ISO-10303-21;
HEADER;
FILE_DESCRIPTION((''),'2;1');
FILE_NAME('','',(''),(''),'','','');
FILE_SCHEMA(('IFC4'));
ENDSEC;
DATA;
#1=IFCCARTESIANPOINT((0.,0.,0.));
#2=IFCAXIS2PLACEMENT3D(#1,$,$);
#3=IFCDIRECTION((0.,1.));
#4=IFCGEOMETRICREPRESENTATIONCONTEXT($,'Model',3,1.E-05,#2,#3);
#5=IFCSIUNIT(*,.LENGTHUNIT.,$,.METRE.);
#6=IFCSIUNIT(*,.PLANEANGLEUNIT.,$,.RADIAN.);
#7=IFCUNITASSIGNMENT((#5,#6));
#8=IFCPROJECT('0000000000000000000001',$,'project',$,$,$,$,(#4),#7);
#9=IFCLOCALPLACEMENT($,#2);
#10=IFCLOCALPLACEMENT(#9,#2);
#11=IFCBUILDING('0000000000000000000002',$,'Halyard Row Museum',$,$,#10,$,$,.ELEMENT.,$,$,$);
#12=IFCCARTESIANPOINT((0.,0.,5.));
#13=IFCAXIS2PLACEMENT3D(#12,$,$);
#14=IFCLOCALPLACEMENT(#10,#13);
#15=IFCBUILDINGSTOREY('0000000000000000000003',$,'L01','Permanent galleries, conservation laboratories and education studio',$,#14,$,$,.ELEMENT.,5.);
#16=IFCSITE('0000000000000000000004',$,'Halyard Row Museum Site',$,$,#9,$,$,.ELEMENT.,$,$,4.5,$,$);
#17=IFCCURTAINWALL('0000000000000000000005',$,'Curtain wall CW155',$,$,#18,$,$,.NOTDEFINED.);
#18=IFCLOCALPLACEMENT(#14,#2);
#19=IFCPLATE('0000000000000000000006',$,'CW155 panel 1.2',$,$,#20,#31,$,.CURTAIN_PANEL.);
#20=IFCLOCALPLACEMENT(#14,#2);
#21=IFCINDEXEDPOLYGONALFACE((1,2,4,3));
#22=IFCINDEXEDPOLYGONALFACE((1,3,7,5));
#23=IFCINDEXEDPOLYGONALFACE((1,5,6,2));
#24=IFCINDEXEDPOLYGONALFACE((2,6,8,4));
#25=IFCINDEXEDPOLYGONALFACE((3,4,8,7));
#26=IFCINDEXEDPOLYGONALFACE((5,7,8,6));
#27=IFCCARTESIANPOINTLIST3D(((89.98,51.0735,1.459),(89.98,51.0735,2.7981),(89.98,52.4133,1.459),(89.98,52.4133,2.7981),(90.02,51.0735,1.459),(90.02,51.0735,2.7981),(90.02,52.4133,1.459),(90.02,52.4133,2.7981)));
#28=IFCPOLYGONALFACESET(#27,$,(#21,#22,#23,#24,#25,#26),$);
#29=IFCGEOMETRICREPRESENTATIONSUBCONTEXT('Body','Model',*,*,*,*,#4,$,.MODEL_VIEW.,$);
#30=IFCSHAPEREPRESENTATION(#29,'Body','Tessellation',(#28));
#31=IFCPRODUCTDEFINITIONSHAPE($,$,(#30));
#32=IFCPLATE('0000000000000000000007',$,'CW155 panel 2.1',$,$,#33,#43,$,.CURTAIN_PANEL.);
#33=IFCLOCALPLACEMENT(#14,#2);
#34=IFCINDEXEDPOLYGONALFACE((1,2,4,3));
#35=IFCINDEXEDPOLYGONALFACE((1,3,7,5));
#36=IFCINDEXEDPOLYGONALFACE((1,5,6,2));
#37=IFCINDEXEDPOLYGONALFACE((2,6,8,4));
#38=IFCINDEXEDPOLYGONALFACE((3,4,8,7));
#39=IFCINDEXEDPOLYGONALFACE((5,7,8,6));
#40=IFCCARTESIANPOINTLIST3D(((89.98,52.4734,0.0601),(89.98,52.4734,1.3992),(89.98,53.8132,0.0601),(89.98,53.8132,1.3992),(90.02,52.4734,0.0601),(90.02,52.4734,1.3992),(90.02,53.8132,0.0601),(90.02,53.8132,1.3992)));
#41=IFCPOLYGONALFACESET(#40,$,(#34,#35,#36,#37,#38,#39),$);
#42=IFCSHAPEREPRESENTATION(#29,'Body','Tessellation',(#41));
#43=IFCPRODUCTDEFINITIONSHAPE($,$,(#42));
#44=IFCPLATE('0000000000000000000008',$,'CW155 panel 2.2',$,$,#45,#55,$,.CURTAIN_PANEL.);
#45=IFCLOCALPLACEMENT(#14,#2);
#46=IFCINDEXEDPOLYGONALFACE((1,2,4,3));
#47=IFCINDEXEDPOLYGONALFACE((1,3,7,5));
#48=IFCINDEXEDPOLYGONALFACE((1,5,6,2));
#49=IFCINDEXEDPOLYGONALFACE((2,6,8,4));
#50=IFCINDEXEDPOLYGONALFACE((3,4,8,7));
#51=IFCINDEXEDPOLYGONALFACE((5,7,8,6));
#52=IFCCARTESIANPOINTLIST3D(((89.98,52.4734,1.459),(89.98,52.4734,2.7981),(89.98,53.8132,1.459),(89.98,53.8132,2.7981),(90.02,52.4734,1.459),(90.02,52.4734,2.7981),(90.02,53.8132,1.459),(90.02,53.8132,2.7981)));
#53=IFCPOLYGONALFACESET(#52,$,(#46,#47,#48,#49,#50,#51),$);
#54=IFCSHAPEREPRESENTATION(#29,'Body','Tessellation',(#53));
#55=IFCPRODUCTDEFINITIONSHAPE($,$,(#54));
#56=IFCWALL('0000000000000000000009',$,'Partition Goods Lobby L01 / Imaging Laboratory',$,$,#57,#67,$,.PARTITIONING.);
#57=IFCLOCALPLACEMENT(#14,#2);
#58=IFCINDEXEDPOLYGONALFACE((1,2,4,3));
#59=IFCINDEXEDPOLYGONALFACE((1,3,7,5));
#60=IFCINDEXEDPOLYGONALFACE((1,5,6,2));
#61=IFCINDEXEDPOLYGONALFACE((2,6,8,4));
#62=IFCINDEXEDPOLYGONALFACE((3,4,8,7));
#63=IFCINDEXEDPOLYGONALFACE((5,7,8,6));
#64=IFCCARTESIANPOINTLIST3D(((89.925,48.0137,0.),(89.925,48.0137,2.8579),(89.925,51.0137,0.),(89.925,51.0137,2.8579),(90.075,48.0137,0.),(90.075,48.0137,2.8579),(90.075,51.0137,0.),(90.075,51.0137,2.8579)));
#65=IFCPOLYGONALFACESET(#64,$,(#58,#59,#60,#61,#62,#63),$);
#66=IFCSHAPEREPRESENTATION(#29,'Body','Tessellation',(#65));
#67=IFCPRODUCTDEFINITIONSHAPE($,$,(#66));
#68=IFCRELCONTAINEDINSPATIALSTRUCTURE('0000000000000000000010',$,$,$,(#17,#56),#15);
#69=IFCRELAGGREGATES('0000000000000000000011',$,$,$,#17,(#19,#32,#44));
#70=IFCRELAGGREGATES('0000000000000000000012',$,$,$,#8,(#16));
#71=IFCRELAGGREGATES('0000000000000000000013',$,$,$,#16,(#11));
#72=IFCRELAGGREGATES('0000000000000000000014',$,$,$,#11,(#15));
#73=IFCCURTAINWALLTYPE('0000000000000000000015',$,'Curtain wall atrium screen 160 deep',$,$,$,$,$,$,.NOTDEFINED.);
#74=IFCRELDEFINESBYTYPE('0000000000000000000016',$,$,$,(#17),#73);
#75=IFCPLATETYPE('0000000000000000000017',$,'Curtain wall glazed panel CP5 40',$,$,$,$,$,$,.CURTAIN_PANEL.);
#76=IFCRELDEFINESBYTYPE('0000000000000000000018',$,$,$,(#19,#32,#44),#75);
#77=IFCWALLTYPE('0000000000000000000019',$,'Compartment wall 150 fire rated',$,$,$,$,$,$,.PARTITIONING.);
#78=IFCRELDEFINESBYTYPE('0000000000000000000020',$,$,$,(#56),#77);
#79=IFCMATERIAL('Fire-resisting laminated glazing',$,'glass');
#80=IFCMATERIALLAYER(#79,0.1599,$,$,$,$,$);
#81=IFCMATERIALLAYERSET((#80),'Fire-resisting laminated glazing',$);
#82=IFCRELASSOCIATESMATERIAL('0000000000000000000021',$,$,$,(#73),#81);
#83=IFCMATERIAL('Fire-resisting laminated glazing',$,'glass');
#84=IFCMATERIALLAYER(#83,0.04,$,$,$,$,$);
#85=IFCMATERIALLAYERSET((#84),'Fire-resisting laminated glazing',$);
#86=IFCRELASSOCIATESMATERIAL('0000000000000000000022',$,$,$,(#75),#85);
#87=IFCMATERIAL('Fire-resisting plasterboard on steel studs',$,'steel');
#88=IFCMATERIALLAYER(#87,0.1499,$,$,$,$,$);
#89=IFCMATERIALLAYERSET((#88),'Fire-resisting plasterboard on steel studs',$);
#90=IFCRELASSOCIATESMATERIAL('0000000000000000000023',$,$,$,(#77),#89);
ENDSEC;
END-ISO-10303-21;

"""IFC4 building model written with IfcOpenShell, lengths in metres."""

from ifc_helpers import new_model, si_unit, direction, frame, frame_2d, origin, origin_2d, place, context, subcontext, project, spatial, rectangle, extrude, material, layer, layer_set, type_object, element, aggregate, save


model = new_model("IFC4")

# Units and contexts
model_context = context("Model", 3, precision=1e-05, world=origin(), true_north=direction((0.0, 1.0)))
body_context = subcontext(model_context, "Body", "Model", "MODEL_VIEW")
ifc_project = project(units=[si_unit("LENGTHUNIT", "METRE"), si_unit("PLANEANGLEUNIT", "RADIAN")], contexts=[model_context])

# Site, building, storey
site_placement = place(None, origin())
site = spatial("IfcSite", under=ifc_project, at=site_placement, Name="Halyard Row Museum Site", CompositionType="ELEMENT", RefElevation=4.5)
building_placement = place(site_placement, origin())
building = spatial("IfcBuilding", under=site, at=building_placement, Name="Halyard Row Museum", CompositionType="ELEMENT")
storey_placement = place(building_placement, frame((0.0, 0.0, 5.0)))
storey = spatial("IfcBuildingStorey", under=building, at=storey_placement, Name="L01", Description="Permanent galleries, conservation laboratories and education studio", CompositionType="ELEMENT", Elevation=5.0)

# Shared definitions
ifc_material_1 = material(Name="Fire-resisting laminated glazing", Category="glass")
ifc_layer_1 = layer(ifc_material_1, 0.1599)
ifc_layer_set_1 = layer_set([ifc_layer_1], Name="Fire-resisting laminated glazing")
curtain_wall_type = type_object("IfcCurtainWallType", Name="Curtain wall atrium screen 160 deep", PredefinedType="NOTDEFINED", material=ifc_layer_set_1)

# Curtain wall
curtain_wall_1_placement = place(storey_placement, origin())
curtain_wall_1 = element("IfcCurtainWall", 1, at=curtain_wall_1_placement, inside=storey, type_object=curtain_wall_type, Name="Curtain wall CW155", PredefinedType="NOTDEFINED")

# Plates
ifc_material_2 = material(Name="Fire-resisting laminated glazing", Category="glass")
ifc_layer_2 = layer(ifc_material_2, 0.04)
ifc_layer_set_2 = layer_set([ifc_layer_2], Name="Fire-resisting laminated glazing")
plate_type = type_object("IfcPlateType", Name="Curtain wall glazed panel CP5 40", PredefinedType="CURTAIN_PANEL", material=ifc_layer_set_2)
plate_1_placement = place(storey_placement, frame((90.0, 51.7434, 1.459), z_axis=(0.0, 0.0, 1.0), x_axis=(0.0, 1.0, 0.0)))
plate_1 = element("IfcPlate", 2, at=plate_1_placement, type_object=plate_type, Name="CW155 panel 1.2", PredefinedType="CURTAIN_PANEL", context=body_context, shape_type="SweptSolid", body=[
    extrude(rectangle(XDim=1.3398, YDim=0.04, at=origin_2d()), origin(), (0.0, 0.0, 1.0), 1.3391),
])
plate_2_placement = place(storey_placement, frame((90.0, 53.1433, 0.0601), z_axis=(0.0, 0.0, 1.0), x_axis=(0.0, 1.0, 0.0)))
plate_2 = element("IfcPlate", 3, at=plate_2_placement, type_object=plate_type, Name="CW155 panel 2.1", PredefinedType="CURTAIN_PANEL", context=body_context, shape_type="SweptSolid", body=[
    extrude(rectangle(XDim=1.3398, YDim=0.04, at=origin_2d()), origin(), (0.0, 0.0, 1.0), 1.3391),
])
plate_3_placement = place(storey_placement, frame((90.0, 53.1433, 1.459), z_axis=(0.0, 0.0, 1.0), x_axis=(0.0, 1.0, 0.0)))
plate_3 = element("IfcPlate", 4, at=plate_3_placement, type_object=plate_type, Name="CW155 panel 2.2", PredefinedType="CURTAIN_PANEL", context=body_context, shape_type="SweptSolid", body=[
    extrude(rectangle(XDim=1.3398, YDim=0.04, at=origin_2d()), origin(), (0.0, 0.0, 1.0), 1.3391),
])
aggregate(curtain_wall_1, [plate_1, plate_2, plate_3])

# Wall
ifc_material_3 = material(Name="Fire-resisting plasterboard on steel studs", Category="steel")
ifc_layer_3 = layer(ifc_material_3, 0.1499)
ifc_layer_set_3 = layer_set([ifc_layer_3], Name="Fire-resisting plasterboard on steel studs")
wall_type = type_object("IfcWallType", Name="Compartment wall 150 fire rated", PredefinedType="PARTITIONING", material=ifc_layer_set_3)
wall_placement = place(storey_placement, frame((90.0, 48.0137, 0.0), z_axis=(0.0, 0.0, 1.0), x_axis=(0.0, 1.0, 0.0)))
element("IfcWall", 5, at=wall_placement, inside=storey, type_object=wall_type, Name="Partition Goods Lobby L01 / Imaging Laboratory", PredefinedType="PARTITIONING", context=body_context, shape_type="SweptSolid", body=[
    extrude(rectangle(XDim=3.0, YDim=0.1499, at=frame_2d((1.5, 0.0))), origin(), (0.0, 0.0, 1.0), 2.8579),
])

save(model, "model.ifc")
